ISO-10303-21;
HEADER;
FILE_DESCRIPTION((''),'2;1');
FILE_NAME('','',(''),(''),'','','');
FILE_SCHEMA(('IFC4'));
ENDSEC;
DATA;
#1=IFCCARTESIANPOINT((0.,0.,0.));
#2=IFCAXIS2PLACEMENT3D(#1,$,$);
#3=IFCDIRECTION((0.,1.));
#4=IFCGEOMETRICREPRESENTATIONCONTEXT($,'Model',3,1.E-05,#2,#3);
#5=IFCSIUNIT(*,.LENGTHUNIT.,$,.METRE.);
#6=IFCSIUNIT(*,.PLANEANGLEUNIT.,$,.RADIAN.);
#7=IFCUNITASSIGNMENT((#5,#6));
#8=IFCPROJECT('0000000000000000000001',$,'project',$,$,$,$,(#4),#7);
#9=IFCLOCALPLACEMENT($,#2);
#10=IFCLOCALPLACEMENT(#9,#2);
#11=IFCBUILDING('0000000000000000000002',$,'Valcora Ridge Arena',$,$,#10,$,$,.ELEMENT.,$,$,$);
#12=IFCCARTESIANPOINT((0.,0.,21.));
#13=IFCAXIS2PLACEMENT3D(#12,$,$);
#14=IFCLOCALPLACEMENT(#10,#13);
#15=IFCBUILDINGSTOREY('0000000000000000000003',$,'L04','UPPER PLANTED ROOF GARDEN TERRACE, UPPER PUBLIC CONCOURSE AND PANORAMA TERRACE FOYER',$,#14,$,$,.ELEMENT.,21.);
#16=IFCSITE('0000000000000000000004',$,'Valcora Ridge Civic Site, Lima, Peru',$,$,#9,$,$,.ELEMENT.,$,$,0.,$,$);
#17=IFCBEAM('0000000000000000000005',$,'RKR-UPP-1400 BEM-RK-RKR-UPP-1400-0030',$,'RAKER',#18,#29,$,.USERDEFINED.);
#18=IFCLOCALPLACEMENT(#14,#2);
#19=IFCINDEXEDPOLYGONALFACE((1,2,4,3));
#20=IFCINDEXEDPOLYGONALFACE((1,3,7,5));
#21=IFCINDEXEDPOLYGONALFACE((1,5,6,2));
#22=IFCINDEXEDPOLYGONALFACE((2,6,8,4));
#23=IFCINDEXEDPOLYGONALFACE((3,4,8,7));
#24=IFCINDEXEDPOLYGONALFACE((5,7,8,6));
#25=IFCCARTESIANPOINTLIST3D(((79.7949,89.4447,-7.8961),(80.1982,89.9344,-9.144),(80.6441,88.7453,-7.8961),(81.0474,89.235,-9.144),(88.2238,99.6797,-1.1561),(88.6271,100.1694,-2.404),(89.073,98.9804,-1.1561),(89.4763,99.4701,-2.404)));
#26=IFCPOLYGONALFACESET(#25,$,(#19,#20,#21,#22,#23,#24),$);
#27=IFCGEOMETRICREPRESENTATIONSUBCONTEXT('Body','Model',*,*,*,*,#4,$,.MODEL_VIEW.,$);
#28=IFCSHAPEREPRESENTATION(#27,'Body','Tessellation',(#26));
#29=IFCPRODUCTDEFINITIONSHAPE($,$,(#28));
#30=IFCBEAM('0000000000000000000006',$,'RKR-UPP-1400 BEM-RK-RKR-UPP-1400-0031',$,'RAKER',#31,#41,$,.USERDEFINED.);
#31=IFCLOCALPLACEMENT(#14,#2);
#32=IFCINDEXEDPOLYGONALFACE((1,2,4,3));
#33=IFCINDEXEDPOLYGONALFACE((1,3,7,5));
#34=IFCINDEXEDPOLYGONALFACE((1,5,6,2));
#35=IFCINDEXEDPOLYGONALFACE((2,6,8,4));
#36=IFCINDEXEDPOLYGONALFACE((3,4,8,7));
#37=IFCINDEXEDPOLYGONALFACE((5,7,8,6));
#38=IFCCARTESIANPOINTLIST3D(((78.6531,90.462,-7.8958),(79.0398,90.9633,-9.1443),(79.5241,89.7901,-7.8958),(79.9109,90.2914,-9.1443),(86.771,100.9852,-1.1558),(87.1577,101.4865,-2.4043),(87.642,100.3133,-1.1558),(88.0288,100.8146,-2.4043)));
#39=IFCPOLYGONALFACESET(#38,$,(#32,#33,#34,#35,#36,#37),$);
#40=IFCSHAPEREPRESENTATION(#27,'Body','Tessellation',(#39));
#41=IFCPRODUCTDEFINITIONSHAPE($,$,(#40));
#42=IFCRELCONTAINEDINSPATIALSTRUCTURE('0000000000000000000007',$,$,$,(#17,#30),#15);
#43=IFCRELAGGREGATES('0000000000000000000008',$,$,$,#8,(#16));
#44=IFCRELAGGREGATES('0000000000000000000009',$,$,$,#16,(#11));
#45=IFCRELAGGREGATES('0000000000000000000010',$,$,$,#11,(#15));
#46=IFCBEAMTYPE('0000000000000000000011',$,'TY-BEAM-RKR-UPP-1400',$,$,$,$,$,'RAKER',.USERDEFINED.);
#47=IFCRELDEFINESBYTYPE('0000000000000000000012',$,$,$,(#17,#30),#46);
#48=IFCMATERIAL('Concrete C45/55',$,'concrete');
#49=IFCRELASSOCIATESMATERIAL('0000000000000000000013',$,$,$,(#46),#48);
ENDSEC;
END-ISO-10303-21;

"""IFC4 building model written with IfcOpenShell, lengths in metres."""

from ifc_helpers import new_model, si_unit, direction, frame, origin, origin_2d, place, context, subcontext, project, spatial, rectangle, extrude, material, material_profile, profile_set, type_object, element, save


model = new_model("IFC4")

# Units and contexts
model_context = context("Model", 3, precision=1e-05, world=origin(), true_north=direction((0.0, 1.0)))
body_context = subcontext(model_context, "Body", "Model", "MODEL_VIEW")
ifc_project = project(units=[si_unit("LENGTHUNIT", "METRE"), si_unit("PLANEANGLEUNIT", "RADIAN")], contexts=[model_context])

# Site, building, storey
site_placement = place(None, origin())
site = spatial("IfcSite", under=ifc_project, at=site_placement, Name="Valcora Ridge Civic Site, Lima, Peru", CompositionType="ELEMENT", RefElevation=0.0)
building_placement = place(site_placement, origin())
building = spatial("IfcBuilding", under=site, at=building_placement, Name="Valcora Ridge Arena", CompositionType="ELEMENT")
storey_placement = place(building_placement, frame((0.0, 0.0, 21.0)))
storey = spatial("IfcBuildingStorey", under=building, at=storey_placement, Name="L04", Description="UPPER PLANTED ROOF GARDEN TERRACE, UPPER PUBLIC CONCOURSE AND PANORAMA TERRACE FOYER", CompositionType="ELEMENT", Elevation=21.0)

# Beams
ifc_material_1 = material(Name="Concrete C45/55", Category="concrete")
ifc_material_profile_1 = material_profile(ifc_material_1, rectangle(XDim=1.1001, YDim=1.3999, at=origin_2d()), Name="RC 1100x1400")
ifc_profile_set_1 = profile_set([ifc_material_profile_1], Name="Concrete C45/55")
beam_type_1 = type_object("IfcBeamType", Name="TY-BEAM-RKR-UPP-1400", ElementType="RAKER", PredefinedType="USERDEFINED", material=ifc_profile_set_1)
beam_1_placement = place(storey_placement, frame((80.4211, 89.3398, -8.52), z_axis=(0.566695, 0.688126, 0.453143), x_axis=(-0.771929, 0.635709, 0.0)))
element("IfcBeam", 1, at=beam_1_placement, inside=storey, type_object=beam_type_1, Name="RKR-UPP-1400 BEM-RK-RKR-UPP-1400-0030", ObjectType="RAKER", PredefinedType="USERDEFINED", context=body_context, shape_type="SweptSolid", body=[
    extrude(rectangle(XDim=1.1001, YDim=1.3999, at=origin_2d()), origin(), (0.0, 0.0, 1.0), 14.8738),
])
beam_2_placement = place(storey_placement, frame((79.282, 90.3767, -8.52), z_axis=(0.544759, 0.706166, 0.452292), x_axis=(-0.791781, 0.610805, 0.0)))
element("IfcBeam", 2, at=beam_2_placement, inside=storey, type_object=beam_type_1, Name="RKR-UPP-1400 BEM-RK-RKR-UPP-1400-0031", ObjectType="RAKER", PredefinedType="USERDEFINED", context=body_context, shape_type="SweptSolid", body=[
    extrude(rectangle(XDim=1.1001, YDim=1.3999, at=origin_2d()), origin(), (0.0, 0.0, 1.0), 14.9019),
])

save(model, "model.ifc")
